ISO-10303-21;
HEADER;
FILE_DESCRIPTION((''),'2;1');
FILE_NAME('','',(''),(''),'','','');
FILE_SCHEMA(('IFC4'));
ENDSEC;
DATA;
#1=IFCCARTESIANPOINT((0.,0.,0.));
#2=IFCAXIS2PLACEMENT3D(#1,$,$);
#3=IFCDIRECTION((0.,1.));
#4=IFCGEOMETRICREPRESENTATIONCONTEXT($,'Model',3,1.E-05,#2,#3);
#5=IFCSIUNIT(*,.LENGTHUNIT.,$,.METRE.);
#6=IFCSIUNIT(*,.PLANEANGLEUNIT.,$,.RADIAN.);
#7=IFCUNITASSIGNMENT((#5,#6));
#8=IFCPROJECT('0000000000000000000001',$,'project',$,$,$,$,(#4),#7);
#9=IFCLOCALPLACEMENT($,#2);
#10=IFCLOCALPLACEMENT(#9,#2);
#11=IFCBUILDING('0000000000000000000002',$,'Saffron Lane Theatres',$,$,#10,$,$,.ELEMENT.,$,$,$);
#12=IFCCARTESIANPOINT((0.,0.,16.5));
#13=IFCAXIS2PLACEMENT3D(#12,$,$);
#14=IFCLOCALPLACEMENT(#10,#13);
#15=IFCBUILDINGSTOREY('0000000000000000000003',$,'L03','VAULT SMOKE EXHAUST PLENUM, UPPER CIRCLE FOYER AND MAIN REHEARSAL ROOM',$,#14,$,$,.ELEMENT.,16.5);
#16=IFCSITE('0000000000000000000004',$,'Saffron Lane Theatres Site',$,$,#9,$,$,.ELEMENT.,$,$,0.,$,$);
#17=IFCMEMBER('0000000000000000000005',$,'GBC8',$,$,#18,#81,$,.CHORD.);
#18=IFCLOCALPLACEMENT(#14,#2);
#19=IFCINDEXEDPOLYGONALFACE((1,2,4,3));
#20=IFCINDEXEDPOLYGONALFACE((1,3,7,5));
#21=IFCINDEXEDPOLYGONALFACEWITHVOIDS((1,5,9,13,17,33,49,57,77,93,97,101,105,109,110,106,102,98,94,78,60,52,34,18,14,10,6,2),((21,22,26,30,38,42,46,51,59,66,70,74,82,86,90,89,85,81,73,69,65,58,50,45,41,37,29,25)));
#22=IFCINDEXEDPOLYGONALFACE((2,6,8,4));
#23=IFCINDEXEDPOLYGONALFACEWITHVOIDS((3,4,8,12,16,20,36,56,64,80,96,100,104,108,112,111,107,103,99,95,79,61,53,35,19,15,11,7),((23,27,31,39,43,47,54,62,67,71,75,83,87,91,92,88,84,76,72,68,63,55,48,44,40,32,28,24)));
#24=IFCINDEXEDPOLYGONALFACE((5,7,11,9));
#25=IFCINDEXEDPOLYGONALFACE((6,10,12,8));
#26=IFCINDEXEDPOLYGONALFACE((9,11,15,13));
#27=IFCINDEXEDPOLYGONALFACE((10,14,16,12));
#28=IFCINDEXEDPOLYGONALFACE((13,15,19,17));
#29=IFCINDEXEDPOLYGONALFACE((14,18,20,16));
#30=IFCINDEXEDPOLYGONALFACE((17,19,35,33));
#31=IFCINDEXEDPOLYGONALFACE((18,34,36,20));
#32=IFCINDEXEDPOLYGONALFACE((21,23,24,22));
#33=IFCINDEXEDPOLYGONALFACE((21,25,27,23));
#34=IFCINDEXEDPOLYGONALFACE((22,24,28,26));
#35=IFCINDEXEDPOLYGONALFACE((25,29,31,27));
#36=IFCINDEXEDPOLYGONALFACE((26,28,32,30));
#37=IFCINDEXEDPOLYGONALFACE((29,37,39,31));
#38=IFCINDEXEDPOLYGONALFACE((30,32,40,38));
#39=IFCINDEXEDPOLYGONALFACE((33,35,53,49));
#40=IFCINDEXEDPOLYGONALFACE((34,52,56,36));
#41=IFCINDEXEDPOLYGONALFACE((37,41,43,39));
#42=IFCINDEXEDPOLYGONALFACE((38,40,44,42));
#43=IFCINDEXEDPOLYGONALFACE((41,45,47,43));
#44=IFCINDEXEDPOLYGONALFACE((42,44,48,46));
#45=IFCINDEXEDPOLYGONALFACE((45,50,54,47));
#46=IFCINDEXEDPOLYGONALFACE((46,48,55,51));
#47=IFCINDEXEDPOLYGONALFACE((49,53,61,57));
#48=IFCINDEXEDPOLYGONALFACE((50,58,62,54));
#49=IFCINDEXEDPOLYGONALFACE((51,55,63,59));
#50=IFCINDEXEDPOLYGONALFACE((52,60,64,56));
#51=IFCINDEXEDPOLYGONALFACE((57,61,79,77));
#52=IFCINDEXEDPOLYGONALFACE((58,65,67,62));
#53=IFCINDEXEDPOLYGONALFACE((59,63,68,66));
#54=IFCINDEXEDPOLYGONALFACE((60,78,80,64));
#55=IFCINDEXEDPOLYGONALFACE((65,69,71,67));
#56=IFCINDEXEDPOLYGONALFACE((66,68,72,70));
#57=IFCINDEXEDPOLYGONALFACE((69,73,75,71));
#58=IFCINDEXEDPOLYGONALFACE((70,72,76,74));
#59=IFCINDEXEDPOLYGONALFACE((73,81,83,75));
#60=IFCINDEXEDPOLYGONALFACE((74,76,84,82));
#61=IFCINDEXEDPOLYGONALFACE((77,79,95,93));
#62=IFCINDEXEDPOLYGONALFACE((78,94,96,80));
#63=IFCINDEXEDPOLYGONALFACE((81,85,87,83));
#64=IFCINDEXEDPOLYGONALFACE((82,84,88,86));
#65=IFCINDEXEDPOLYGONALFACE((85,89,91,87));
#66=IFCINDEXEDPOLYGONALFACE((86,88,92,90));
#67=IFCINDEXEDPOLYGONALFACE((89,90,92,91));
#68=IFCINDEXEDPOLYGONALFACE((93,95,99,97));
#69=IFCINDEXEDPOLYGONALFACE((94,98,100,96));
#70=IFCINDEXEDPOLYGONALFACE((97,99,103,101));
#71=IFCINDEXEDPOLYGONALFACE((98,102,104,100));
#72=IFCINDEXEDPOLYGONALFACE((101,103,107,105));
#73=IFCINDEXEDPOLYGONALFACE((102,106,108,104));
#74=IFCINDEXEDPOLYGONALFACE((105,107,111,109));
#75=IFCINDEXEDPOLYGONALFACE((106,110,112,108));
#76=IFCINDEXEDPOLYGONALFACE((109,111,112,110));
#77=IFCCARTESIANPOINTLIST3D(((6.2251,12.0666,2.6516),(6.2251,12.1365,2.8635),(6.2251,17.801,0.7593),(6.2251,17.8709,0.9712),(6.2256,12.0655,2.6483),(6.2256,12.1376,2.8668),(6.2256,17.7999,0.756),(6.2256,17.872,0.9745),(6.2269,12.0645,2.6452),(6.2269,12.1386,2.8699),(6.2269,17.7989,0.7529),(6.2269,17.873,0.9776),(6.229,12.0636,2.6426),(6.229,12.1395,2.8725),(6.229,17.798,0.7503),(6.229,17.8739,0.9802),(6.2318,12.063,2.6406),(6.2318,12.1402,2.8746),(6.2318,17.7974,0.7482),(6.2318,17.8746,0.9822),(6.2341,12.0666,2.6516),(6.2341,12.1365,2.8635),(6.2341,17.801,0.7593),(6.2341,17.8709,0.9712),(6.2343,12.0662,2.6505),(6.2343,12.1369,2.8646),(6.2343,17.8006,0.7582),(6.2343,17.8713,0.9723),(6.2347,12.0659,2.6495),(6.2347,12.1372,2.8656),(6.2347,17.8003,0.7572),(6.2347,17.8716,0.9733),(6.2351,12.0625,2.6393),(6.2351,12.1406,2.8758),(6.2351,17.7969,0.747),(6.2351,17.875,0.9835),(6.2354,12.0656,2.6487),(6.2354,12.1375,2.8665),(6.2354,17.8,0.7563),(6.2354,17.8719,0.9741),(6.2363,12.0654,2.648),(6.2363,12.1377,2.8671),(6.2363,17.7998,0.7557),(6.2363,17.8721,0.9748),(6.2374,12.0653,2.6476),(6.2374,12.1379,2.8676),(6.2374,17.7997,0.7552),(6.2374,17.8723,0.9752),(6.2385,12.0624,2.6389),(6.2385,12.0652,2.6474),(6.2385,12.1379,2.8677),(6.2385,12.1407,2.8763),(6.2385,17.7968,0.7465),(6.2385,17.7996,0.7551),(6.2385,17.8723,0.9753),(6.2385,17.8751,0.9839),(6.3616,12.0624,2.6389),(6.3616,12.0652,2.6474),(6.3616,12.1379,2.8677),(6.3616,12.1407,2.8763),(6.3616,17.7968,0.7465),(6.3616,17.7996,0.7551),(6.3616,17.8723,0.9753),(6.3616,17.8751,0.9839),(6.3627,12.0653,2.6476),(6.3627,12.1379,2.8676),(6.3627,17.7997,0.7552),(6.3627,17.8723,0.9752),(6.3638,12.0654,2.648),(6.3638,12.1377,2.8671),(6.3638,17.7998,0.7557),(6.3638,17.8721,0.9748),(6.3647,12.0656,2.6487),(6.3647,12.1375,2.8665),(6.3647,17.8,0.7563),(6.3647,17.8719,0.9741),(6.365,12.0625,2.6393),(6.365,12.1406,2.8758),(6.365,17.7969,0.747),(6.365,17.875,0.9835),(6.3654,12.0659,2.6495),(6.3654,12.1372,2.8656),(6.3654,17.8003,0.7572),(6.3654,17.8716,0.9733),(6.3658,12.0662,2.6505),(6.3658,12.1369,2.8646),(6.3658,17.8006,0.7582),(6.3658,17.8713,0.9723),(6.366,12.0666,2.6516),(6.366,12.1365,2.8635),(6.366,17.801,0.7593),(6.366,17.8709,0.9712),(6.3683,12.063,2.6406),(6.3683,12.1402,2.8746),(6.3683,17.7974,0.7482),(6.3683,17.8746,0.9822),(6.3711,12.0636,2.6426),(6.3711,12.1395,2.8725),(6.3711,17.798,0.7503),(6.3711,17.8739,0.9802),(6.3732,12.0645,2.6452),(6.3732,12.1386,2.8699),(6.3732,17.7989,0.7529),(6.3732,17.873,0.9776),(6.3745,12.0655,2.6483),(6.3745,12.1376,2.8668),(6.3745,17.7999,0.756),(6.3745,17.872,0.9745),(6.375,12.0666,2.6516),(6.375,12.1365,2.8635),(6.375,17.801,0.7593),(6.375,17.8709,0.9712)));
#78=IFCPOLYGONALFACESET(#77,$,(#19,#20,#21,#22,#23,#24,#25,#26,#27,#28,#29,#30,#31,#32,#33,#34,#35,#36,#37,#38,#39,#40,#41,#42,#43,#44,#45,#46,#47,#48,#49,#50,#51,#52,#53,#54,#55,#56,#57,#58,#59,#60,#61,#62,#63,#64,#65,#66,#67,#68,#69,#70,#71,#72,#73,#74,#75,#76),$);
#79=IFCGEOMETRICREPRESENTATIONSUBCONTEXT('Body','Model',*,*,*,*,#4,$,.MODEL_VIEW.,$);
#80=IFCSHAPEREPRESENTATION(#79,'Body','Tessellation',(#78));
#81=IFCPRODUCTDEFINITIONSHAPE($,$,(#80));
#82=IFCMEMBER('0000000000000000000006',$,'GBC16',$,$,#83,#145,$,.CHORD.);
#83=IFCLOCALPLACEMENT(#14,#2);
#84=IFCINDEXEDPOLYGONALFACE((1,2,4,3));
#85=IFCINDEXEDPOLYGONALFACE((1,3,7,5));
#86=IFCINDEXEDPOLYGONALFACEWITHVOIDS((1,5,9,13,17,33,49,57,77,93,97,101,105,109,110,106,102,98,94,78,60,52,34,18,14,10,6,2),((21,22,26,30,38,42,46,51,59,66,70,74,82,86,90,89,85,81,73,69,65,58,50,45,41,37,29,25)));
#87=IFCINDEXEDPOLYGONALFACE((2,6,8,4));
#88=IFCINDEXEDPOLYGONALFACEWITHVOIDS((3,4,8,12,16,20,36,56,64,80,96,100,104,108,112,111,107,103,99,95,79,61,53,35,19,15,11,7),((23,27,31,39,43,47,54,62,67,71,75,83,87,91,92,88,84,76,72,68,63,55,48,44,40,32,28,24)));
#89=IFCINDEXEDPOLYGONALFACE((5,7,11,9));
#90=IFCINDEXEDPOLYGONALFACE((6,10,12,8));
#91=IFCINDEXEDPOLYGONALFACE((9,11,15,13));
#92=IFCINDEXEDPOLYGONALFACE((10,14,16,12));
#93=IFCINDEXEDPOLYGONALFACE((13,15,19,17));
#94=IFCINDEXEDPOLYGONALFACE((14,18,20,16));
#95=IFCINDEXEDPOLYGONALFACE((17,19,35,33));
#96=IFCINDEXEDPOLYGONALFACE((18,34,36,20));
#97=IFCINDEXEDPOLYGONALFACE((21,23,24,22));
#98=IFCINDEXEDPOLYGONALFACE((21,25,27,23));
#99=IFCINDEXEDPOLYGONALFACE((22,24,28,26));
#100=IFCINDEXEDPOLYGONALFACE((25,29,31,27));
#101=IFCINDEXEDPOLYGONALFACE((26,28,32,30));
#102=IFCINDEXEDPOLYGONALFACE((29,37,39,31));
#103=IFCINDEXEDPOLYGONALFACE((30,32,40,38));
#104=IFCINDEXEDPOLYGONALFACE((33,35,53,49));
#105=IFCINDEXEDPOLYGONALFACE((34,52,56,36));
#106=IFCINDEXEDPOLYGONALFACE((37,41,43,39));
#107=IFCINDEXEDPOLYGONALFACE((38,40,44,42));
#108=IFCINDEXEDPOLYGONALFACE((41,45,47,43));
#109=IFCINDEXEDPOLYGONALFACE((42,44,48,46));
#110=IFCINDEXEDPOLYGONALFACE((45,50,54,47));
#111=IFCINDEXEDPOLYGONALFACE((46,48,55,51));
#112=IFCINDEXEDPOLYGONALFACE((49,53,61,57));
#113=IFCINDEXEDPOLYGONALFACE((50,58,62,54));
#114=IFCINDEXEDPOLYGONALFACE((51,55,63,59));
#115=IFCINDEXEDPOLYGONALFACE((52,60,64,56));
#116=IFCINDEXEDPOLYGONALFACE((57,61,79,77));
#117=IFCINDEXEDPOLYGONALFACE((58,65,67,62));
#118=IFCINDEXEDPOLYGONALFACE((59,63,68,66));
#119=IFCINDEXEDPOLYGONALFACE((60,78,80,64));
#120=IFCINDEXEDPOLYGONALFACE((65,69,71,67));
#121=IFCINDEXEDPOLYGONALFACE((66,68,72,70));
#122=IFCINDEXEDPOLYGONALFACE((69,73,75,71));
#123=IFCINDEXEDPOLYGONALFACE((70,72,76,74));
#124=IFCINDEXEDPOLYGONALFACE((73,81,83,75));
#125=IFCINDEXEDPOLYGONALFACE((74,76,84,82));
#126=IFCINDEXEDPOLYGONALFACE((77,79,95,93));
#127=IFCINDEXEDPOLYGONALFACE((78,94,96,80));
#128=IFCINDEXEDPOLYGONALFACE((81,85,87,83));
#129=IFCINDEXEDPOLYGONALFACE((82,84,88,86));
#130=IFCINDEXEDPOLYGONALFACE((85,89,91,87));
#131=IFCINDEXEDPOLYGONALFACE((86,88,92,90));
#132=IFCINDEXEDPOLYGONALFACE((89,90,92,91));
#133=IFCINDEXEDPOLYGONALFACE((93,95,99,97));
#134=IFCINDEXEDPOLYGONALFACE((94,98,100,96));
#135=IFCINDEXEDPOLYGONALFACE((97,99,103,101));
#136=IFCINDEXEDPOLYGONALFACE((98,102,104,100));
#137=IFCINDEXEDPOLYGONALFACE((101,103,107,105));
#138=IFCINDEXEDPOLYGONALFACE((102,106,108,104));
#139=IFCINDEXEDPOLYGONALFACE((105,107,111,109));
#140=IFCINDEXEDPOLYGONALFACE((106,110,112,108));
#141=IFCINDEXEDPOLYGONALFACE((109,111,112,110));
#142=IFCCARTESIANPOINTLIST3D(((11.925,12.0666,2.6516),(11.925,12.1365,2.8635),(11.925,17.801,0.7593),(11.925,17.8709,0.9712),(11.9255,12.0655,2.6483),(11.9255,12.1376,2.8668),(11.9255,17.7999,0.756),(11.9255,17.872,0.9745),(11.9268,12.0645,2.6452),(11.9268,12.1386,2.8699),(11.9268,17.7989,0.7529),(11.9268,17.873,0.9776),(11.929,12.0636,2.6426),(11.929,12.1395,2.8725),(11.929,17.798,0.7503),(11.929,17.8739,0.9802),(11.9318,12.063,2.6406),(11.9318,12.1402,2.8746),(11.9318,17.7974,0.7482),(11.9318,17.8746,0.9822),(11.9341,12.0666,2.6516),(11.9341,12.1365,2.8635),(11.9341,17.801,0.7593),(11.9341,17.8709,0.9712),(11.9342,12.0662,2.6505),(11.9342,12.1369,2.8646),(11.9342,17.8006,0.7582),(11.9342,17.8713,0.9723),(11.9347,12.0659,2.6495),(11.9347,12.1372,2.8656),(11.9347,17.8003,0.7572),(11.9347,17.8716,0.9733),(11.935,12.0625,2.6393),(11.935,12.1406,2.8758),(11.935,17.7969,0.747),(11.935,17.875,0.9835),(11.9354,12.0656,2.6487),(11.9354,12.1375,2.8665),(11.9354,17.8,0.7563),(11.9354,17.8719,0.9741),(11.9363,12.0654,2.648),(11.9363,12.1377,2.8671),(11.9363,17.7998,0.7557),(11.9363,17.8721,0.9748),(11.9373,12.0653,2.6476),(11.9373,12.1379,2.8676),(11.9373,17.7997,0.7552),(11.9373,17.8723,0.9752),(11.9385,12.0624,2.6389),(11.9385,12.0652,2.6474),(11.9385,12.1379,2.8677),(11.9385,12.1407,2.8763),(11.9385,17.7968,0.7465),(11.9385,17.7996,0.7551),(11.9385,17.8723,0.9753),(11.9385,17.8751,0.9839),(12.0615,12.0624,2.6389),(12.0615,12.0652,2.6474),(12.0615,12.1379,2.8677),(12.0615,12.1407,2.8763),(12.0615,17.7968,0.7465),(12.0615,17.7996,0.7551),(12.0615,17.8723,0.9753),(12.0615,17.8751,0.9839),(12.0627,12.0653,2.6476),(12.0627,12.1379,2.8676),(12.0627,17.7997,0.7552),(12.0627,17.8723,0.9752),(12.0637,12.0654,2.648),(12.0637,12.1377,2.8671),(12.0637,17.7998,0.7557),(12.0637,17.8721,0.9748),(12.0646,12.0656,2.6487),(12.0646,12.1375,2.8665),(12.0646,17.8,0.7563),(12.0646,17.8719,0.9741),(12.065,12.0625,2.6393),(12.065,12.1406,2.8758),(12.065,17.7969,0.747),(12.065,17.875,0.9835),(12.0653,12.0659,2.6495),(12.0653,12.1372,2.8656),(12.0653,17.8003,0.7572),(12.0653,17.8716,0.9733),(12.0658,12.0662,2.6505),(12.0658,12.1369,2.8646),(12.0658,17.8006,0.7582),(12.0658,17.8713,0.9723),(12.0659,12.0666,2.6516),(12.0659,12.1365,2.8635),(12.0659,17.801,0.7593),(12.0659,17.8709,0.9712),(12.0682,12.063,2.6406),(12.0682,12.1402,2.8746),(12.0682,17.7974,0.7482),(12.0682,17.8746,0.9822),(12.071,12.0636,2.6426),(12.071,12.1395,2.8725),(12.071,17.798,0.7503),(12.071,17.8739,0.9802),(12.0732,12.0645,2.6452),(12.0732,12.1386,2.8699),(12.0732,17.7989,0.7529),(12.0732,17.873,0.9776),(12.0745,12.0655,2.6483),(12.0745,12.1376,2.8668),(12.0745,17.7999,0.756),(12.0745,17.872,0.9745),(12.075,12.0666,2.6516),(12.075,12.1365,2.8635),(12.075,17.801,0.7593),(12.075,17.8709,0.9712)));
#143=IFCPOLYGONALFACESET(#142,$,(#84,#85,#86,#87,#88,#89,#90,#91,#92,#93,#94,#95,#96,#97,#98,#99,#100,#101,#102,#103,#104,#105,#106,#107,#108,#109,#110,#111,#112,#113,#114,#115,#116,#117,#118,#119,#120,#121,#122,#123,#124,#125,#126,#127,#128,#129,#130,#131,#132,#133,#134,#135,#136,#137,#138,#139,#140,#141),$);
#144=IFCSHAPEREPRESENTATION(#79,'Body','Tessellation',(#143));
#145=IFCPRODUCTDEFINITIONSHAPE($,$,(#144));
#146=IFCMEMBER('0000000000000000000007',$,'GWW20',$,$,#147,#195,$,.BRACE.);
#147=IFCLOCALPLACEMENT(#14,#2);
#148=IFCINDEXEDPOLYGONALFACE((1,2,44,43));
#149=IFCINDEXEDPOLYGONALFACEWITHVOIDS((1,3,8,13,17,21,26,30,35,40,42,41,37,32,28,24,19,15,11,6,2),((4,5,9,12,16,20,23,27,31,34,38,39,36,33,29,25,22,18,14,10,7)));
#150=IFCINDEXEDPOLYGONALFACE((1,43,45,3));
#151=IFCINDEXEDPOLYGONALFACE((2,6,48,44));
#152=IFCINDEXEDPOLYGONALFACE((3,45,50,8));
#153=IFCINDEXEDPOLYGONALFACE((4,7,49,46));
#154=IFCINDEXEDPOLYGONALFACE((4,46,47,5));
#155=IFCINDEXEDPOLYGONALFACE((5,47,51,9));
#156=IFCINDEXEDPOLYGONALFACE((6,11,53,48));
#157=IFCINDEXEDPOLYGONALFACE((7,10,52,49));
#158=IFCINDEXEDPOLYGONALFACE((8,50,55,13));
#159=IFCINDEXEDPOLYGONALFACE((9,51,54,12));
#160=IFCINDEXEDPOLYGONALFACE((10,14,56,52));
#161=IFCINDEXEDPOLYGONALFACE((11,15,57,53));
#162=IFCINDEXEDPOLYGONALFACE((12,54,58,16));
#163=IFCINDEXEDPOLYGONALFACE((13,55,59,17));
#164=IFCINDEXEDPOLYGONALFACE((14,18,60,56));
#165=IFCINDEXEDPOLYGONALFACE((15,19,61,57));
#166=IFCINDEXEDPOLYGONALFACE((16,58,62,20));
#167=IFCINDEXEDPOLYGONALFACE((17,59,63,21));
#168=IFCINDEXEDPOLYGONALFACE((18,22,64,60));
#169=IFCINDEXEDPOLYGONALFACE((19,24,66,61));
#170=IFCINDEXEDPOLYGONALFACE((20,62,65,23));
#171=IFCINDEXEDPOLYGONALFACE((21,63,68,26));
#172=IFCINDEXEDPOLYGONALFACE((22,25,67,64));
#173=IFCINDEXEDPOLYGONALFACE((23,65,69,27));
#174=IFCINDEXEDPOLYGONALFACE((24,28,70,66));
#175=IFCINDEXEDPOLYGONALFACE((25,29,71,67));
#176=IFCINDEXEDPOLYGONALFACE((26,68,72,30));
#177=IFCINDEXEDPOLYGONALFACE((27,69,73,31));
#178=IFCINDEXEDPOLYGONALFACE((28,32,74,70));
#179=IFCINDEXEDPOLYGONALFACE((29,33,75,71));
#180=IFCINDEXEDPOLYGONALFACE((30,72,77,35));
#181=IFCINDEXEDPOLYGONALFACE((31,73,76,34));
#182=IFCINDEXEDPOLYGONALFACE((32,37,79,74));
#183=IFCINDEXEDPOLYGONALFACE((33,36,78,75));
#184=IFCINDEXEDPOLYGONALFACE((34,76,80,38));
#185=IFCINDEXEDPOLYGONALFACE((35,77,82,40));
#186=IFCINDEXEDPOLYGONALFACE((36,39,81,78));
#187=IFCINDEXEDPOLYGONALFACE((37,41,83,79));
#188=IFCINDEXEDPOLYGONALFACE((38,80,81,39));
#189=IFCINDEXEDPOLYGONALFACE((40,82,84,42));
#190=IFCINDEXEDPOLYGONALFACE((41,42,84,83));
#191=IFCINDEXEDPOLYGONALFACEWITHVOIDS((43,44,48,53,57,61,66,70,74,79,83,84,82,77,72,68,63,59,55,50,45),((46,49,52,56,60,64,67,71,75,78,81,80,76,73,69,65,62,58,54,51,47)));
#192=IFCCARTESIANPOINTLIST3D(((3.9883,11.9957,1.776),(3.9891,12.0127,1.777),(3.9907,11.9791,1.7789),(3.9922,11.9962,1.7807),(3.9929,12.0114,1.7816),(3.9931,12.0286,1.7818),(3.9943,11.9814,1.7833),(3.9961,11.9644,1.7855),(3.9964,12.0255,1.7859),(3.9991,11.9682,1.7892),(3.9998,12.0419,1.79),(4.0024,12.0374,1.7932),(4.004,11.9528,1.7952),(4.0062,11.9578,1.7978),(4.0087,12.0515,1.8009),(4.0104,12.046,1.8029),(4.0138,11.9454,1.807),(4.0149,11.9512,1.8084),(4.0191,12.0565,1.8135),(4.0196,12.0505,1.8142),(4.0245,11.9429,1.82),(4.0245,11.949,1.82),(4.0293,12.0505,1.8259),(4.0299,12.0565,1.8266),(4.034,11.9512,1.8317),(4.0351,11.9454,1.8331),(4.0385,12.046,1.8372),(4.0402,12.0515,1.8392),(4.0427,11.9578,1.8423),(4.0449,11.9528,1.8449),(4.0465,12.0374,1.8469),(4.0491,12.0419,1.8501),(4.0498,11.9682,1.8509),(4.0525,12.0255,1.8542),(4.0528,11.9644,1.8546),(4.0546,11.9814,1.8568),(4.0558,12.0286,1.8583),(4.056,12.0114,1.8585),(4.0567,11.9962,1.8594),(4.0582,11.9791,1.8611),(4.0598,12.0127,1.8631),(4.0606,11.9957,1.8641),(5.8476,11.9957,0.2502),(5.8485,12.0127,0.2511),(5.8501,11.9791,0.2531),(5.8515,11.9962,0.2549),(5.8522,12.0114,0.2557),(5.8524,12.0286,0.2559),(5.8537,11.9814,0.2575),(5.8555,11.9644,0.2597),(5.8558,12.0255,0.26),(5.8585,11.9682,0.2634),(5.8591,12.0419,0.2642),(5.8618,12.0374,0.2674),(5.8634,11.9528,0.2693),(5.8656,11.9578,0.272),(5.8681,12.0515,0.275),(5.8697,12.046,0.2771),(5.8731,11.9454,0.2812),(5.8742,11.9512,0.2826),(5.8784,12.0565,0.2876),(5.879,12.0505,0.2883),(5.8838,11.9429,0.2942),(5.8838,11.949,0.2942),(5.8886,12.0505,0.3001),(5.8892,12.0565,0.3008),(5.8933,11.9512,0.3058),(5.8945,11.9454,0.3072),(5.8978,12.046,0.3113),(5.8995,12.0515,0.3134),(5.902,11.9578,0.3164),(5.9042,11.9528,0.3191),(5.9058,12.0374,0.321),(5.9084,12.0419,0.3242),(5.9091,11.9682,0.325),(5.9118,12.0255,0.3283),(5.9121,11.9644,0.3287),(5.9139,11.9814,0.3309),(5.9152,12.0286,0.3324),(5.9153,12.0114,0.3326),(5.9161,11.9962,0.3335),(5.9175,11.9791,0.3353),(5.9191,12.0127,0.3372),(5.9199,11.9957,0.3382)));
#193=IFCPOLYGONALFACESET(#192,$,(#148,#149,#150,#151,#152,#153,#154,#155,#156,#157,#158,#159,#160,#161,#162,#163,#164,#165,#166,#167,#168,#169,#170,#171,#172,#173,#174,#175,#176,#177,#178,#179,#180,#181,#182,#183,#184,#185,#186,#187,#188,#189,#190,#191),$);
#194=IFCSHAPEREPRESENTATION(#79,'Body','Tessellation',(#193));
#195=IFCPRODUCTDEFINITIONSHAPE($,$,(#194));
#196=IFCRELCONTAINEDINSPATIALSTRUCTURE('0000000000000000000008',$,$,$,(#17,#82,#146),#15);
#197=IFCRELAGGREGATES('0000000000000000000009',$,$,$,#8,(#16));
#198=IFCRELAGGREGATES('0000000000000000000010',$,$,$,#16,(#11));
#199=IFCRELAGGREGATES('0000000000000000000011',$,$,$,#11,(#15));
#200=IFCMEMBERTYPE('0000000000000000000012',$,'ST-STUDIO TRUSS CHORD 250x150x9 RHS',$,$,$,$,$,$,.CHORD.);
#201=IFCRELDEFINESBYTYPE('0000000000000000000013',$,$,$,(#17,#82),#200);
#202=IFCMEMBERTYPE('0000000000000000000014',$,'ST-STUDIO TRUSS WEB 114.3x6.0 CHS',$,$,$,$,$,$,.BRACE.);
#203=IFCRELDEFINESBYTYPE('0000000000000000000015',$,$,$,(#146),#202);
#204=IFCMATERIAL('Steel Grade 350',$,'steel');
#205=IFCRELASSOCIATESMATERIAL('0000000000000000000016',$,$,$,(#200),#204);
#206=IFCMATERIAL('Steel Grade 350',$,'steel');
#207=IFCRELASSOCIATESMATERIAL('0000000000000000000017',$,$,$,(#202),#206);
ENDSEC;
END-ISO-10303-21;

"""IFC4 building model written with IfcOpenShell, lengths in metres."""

from ifc_helpers import new_model, si_unit, direction, frame, origin, origin_2d, place, context, subcontext, project, spatial, hollow_rectangle, hollow_circle, extrude, material, material_profile, profile_set, type_object, element, save


model = new_model("IFC4")

# Units and contexts
model_context = context("Model", 3, precision=1e-05, world=origin(), true_north=direction((0.0, 1.0)))
body_context = subcontext(model_context, "Body", "Model", "MODEL_VIEW")
ifc_project = project(units=[si_unit("LENGTHUNIT", "METRE"), si_unit("PLANEANGLEUNIT", "RADIAN")], contexts=[model_context])

# Site, building, storey
site_placement = place(None, origin())
site = spatial("IfcSite", under=ifc_project, at=site_placement, Name="Saffron Lane Theatres Site", CompositionType="ELEMENT", RefElevation=0.0)
building_placement = place(site_placement, origin())
building = spatial("IfcBuilding", under=site, at=building_placement, Name="Saffron Lane Theatres", CompositionType="ELEMENT")
storey_placement = place(building_placement, frame((0.0, 0.0, 16.5)))
storey = spatial("IfcBuildingStorey", under=building, at=storey_placement, Name="L03", Description="VAULT SMOKE EXHAUST PLENUM, UPPER CIRCLE FOYER AND MAIN REHEARSAL ROOM", CompositionType="ELEMENT", Elevation=16.5)

# Members
ifc_material_1 = material(Name="Steel Grade 350", Category="steel")
ifc_material_profile_1 = material_profile(ifc_material_1, hollow_rectangle(XDim=0.1499, YDim=0.25, WallThickness=0.009, InnerFilletRadius=0.0044, OuterFilletRadius=0.0134, at=origin_2d()))
ifc_profile_set_1 = profile_set([ifc_material_profile_1], Name="Steel Grade 350")
member_type_1 = type_object("IfcMemberType", Name="ST-STUDIO TRUSS CHORD 250x150x9 RHS", PredefinedType="CHORD", material=ifc_profile_set_1)
for number, where, z_axis, x_axis, name in (
    (1, (6.3, 12.1016, 2.7576), (0.0, 0.949629, -0.313376), (-1.0, 0.0, 0.0), "GBC8"),
    (2, (12.0, 12.1016, 2.7576), (0.0, 0.949629, -0.313376), (-1.0, 0.0, 0.0), "GBC16"),
):
    element("IfcMember", number, at=place(storey_placement, frame(where, z_axis=z_axis, x_axis=x_axis)), inside=storey, type_object=member_type_1, Name=name, PredefinedType="CHORD", context=body_context, shape_type="SweptSolid", body=[
        extrude(hollow_rectangle(XDim=0.1499, YDim=0.25, WallThickness=0.009, InnerFilletRadius=0.0044, OuterFilletRadius=0.0134, at=origin_2d()), origin(), (0.0, 0.0, 1.0), 6.0386),
    ])
ifc_material_2 = material(Name="Steel Grade 350", Category="steel")
ifc_material_profile_2 = material_profile(ifc_material_2, hollow_circle(Radius=0.0571, WallThickness=0.0061, at=origin_2d()))
ifc_profile_set_2 = profile_set([ifc_material_profile_2], Name="Steel Grade 350")
member_type_2 = type_object("IfcMemberType", Name="ST-STUDIO TRUSS WEB 114.3x6.0 CHS", PredefinedType="BRACE", material=ifc_profile_set_2)
for number, where, z_axis, x_axis, name in (
    (3, (5.8838, 12.0, 0.2942), (-0.773025, 0.0, 0.634376), (0.0, -1.0, 0.0), "GWW20"),
):
    element("IfcMember", number, at=place(storey_placement, frame(where, z_axis=z_axis, x_axis=x_axis)), inside=storey, type_object=member_type_2, Name=name, PredefinedType="BRACE", context=body_context, shape_type="SweptSolid", body=[
        extrude(hollow_circle(Radius=0.0571, WallThickness=0.0061, at=origin_2d()), origin(), (0.0, 0.0, 1.0), 2.4053),
    ])

save(model, "model.ifc")
